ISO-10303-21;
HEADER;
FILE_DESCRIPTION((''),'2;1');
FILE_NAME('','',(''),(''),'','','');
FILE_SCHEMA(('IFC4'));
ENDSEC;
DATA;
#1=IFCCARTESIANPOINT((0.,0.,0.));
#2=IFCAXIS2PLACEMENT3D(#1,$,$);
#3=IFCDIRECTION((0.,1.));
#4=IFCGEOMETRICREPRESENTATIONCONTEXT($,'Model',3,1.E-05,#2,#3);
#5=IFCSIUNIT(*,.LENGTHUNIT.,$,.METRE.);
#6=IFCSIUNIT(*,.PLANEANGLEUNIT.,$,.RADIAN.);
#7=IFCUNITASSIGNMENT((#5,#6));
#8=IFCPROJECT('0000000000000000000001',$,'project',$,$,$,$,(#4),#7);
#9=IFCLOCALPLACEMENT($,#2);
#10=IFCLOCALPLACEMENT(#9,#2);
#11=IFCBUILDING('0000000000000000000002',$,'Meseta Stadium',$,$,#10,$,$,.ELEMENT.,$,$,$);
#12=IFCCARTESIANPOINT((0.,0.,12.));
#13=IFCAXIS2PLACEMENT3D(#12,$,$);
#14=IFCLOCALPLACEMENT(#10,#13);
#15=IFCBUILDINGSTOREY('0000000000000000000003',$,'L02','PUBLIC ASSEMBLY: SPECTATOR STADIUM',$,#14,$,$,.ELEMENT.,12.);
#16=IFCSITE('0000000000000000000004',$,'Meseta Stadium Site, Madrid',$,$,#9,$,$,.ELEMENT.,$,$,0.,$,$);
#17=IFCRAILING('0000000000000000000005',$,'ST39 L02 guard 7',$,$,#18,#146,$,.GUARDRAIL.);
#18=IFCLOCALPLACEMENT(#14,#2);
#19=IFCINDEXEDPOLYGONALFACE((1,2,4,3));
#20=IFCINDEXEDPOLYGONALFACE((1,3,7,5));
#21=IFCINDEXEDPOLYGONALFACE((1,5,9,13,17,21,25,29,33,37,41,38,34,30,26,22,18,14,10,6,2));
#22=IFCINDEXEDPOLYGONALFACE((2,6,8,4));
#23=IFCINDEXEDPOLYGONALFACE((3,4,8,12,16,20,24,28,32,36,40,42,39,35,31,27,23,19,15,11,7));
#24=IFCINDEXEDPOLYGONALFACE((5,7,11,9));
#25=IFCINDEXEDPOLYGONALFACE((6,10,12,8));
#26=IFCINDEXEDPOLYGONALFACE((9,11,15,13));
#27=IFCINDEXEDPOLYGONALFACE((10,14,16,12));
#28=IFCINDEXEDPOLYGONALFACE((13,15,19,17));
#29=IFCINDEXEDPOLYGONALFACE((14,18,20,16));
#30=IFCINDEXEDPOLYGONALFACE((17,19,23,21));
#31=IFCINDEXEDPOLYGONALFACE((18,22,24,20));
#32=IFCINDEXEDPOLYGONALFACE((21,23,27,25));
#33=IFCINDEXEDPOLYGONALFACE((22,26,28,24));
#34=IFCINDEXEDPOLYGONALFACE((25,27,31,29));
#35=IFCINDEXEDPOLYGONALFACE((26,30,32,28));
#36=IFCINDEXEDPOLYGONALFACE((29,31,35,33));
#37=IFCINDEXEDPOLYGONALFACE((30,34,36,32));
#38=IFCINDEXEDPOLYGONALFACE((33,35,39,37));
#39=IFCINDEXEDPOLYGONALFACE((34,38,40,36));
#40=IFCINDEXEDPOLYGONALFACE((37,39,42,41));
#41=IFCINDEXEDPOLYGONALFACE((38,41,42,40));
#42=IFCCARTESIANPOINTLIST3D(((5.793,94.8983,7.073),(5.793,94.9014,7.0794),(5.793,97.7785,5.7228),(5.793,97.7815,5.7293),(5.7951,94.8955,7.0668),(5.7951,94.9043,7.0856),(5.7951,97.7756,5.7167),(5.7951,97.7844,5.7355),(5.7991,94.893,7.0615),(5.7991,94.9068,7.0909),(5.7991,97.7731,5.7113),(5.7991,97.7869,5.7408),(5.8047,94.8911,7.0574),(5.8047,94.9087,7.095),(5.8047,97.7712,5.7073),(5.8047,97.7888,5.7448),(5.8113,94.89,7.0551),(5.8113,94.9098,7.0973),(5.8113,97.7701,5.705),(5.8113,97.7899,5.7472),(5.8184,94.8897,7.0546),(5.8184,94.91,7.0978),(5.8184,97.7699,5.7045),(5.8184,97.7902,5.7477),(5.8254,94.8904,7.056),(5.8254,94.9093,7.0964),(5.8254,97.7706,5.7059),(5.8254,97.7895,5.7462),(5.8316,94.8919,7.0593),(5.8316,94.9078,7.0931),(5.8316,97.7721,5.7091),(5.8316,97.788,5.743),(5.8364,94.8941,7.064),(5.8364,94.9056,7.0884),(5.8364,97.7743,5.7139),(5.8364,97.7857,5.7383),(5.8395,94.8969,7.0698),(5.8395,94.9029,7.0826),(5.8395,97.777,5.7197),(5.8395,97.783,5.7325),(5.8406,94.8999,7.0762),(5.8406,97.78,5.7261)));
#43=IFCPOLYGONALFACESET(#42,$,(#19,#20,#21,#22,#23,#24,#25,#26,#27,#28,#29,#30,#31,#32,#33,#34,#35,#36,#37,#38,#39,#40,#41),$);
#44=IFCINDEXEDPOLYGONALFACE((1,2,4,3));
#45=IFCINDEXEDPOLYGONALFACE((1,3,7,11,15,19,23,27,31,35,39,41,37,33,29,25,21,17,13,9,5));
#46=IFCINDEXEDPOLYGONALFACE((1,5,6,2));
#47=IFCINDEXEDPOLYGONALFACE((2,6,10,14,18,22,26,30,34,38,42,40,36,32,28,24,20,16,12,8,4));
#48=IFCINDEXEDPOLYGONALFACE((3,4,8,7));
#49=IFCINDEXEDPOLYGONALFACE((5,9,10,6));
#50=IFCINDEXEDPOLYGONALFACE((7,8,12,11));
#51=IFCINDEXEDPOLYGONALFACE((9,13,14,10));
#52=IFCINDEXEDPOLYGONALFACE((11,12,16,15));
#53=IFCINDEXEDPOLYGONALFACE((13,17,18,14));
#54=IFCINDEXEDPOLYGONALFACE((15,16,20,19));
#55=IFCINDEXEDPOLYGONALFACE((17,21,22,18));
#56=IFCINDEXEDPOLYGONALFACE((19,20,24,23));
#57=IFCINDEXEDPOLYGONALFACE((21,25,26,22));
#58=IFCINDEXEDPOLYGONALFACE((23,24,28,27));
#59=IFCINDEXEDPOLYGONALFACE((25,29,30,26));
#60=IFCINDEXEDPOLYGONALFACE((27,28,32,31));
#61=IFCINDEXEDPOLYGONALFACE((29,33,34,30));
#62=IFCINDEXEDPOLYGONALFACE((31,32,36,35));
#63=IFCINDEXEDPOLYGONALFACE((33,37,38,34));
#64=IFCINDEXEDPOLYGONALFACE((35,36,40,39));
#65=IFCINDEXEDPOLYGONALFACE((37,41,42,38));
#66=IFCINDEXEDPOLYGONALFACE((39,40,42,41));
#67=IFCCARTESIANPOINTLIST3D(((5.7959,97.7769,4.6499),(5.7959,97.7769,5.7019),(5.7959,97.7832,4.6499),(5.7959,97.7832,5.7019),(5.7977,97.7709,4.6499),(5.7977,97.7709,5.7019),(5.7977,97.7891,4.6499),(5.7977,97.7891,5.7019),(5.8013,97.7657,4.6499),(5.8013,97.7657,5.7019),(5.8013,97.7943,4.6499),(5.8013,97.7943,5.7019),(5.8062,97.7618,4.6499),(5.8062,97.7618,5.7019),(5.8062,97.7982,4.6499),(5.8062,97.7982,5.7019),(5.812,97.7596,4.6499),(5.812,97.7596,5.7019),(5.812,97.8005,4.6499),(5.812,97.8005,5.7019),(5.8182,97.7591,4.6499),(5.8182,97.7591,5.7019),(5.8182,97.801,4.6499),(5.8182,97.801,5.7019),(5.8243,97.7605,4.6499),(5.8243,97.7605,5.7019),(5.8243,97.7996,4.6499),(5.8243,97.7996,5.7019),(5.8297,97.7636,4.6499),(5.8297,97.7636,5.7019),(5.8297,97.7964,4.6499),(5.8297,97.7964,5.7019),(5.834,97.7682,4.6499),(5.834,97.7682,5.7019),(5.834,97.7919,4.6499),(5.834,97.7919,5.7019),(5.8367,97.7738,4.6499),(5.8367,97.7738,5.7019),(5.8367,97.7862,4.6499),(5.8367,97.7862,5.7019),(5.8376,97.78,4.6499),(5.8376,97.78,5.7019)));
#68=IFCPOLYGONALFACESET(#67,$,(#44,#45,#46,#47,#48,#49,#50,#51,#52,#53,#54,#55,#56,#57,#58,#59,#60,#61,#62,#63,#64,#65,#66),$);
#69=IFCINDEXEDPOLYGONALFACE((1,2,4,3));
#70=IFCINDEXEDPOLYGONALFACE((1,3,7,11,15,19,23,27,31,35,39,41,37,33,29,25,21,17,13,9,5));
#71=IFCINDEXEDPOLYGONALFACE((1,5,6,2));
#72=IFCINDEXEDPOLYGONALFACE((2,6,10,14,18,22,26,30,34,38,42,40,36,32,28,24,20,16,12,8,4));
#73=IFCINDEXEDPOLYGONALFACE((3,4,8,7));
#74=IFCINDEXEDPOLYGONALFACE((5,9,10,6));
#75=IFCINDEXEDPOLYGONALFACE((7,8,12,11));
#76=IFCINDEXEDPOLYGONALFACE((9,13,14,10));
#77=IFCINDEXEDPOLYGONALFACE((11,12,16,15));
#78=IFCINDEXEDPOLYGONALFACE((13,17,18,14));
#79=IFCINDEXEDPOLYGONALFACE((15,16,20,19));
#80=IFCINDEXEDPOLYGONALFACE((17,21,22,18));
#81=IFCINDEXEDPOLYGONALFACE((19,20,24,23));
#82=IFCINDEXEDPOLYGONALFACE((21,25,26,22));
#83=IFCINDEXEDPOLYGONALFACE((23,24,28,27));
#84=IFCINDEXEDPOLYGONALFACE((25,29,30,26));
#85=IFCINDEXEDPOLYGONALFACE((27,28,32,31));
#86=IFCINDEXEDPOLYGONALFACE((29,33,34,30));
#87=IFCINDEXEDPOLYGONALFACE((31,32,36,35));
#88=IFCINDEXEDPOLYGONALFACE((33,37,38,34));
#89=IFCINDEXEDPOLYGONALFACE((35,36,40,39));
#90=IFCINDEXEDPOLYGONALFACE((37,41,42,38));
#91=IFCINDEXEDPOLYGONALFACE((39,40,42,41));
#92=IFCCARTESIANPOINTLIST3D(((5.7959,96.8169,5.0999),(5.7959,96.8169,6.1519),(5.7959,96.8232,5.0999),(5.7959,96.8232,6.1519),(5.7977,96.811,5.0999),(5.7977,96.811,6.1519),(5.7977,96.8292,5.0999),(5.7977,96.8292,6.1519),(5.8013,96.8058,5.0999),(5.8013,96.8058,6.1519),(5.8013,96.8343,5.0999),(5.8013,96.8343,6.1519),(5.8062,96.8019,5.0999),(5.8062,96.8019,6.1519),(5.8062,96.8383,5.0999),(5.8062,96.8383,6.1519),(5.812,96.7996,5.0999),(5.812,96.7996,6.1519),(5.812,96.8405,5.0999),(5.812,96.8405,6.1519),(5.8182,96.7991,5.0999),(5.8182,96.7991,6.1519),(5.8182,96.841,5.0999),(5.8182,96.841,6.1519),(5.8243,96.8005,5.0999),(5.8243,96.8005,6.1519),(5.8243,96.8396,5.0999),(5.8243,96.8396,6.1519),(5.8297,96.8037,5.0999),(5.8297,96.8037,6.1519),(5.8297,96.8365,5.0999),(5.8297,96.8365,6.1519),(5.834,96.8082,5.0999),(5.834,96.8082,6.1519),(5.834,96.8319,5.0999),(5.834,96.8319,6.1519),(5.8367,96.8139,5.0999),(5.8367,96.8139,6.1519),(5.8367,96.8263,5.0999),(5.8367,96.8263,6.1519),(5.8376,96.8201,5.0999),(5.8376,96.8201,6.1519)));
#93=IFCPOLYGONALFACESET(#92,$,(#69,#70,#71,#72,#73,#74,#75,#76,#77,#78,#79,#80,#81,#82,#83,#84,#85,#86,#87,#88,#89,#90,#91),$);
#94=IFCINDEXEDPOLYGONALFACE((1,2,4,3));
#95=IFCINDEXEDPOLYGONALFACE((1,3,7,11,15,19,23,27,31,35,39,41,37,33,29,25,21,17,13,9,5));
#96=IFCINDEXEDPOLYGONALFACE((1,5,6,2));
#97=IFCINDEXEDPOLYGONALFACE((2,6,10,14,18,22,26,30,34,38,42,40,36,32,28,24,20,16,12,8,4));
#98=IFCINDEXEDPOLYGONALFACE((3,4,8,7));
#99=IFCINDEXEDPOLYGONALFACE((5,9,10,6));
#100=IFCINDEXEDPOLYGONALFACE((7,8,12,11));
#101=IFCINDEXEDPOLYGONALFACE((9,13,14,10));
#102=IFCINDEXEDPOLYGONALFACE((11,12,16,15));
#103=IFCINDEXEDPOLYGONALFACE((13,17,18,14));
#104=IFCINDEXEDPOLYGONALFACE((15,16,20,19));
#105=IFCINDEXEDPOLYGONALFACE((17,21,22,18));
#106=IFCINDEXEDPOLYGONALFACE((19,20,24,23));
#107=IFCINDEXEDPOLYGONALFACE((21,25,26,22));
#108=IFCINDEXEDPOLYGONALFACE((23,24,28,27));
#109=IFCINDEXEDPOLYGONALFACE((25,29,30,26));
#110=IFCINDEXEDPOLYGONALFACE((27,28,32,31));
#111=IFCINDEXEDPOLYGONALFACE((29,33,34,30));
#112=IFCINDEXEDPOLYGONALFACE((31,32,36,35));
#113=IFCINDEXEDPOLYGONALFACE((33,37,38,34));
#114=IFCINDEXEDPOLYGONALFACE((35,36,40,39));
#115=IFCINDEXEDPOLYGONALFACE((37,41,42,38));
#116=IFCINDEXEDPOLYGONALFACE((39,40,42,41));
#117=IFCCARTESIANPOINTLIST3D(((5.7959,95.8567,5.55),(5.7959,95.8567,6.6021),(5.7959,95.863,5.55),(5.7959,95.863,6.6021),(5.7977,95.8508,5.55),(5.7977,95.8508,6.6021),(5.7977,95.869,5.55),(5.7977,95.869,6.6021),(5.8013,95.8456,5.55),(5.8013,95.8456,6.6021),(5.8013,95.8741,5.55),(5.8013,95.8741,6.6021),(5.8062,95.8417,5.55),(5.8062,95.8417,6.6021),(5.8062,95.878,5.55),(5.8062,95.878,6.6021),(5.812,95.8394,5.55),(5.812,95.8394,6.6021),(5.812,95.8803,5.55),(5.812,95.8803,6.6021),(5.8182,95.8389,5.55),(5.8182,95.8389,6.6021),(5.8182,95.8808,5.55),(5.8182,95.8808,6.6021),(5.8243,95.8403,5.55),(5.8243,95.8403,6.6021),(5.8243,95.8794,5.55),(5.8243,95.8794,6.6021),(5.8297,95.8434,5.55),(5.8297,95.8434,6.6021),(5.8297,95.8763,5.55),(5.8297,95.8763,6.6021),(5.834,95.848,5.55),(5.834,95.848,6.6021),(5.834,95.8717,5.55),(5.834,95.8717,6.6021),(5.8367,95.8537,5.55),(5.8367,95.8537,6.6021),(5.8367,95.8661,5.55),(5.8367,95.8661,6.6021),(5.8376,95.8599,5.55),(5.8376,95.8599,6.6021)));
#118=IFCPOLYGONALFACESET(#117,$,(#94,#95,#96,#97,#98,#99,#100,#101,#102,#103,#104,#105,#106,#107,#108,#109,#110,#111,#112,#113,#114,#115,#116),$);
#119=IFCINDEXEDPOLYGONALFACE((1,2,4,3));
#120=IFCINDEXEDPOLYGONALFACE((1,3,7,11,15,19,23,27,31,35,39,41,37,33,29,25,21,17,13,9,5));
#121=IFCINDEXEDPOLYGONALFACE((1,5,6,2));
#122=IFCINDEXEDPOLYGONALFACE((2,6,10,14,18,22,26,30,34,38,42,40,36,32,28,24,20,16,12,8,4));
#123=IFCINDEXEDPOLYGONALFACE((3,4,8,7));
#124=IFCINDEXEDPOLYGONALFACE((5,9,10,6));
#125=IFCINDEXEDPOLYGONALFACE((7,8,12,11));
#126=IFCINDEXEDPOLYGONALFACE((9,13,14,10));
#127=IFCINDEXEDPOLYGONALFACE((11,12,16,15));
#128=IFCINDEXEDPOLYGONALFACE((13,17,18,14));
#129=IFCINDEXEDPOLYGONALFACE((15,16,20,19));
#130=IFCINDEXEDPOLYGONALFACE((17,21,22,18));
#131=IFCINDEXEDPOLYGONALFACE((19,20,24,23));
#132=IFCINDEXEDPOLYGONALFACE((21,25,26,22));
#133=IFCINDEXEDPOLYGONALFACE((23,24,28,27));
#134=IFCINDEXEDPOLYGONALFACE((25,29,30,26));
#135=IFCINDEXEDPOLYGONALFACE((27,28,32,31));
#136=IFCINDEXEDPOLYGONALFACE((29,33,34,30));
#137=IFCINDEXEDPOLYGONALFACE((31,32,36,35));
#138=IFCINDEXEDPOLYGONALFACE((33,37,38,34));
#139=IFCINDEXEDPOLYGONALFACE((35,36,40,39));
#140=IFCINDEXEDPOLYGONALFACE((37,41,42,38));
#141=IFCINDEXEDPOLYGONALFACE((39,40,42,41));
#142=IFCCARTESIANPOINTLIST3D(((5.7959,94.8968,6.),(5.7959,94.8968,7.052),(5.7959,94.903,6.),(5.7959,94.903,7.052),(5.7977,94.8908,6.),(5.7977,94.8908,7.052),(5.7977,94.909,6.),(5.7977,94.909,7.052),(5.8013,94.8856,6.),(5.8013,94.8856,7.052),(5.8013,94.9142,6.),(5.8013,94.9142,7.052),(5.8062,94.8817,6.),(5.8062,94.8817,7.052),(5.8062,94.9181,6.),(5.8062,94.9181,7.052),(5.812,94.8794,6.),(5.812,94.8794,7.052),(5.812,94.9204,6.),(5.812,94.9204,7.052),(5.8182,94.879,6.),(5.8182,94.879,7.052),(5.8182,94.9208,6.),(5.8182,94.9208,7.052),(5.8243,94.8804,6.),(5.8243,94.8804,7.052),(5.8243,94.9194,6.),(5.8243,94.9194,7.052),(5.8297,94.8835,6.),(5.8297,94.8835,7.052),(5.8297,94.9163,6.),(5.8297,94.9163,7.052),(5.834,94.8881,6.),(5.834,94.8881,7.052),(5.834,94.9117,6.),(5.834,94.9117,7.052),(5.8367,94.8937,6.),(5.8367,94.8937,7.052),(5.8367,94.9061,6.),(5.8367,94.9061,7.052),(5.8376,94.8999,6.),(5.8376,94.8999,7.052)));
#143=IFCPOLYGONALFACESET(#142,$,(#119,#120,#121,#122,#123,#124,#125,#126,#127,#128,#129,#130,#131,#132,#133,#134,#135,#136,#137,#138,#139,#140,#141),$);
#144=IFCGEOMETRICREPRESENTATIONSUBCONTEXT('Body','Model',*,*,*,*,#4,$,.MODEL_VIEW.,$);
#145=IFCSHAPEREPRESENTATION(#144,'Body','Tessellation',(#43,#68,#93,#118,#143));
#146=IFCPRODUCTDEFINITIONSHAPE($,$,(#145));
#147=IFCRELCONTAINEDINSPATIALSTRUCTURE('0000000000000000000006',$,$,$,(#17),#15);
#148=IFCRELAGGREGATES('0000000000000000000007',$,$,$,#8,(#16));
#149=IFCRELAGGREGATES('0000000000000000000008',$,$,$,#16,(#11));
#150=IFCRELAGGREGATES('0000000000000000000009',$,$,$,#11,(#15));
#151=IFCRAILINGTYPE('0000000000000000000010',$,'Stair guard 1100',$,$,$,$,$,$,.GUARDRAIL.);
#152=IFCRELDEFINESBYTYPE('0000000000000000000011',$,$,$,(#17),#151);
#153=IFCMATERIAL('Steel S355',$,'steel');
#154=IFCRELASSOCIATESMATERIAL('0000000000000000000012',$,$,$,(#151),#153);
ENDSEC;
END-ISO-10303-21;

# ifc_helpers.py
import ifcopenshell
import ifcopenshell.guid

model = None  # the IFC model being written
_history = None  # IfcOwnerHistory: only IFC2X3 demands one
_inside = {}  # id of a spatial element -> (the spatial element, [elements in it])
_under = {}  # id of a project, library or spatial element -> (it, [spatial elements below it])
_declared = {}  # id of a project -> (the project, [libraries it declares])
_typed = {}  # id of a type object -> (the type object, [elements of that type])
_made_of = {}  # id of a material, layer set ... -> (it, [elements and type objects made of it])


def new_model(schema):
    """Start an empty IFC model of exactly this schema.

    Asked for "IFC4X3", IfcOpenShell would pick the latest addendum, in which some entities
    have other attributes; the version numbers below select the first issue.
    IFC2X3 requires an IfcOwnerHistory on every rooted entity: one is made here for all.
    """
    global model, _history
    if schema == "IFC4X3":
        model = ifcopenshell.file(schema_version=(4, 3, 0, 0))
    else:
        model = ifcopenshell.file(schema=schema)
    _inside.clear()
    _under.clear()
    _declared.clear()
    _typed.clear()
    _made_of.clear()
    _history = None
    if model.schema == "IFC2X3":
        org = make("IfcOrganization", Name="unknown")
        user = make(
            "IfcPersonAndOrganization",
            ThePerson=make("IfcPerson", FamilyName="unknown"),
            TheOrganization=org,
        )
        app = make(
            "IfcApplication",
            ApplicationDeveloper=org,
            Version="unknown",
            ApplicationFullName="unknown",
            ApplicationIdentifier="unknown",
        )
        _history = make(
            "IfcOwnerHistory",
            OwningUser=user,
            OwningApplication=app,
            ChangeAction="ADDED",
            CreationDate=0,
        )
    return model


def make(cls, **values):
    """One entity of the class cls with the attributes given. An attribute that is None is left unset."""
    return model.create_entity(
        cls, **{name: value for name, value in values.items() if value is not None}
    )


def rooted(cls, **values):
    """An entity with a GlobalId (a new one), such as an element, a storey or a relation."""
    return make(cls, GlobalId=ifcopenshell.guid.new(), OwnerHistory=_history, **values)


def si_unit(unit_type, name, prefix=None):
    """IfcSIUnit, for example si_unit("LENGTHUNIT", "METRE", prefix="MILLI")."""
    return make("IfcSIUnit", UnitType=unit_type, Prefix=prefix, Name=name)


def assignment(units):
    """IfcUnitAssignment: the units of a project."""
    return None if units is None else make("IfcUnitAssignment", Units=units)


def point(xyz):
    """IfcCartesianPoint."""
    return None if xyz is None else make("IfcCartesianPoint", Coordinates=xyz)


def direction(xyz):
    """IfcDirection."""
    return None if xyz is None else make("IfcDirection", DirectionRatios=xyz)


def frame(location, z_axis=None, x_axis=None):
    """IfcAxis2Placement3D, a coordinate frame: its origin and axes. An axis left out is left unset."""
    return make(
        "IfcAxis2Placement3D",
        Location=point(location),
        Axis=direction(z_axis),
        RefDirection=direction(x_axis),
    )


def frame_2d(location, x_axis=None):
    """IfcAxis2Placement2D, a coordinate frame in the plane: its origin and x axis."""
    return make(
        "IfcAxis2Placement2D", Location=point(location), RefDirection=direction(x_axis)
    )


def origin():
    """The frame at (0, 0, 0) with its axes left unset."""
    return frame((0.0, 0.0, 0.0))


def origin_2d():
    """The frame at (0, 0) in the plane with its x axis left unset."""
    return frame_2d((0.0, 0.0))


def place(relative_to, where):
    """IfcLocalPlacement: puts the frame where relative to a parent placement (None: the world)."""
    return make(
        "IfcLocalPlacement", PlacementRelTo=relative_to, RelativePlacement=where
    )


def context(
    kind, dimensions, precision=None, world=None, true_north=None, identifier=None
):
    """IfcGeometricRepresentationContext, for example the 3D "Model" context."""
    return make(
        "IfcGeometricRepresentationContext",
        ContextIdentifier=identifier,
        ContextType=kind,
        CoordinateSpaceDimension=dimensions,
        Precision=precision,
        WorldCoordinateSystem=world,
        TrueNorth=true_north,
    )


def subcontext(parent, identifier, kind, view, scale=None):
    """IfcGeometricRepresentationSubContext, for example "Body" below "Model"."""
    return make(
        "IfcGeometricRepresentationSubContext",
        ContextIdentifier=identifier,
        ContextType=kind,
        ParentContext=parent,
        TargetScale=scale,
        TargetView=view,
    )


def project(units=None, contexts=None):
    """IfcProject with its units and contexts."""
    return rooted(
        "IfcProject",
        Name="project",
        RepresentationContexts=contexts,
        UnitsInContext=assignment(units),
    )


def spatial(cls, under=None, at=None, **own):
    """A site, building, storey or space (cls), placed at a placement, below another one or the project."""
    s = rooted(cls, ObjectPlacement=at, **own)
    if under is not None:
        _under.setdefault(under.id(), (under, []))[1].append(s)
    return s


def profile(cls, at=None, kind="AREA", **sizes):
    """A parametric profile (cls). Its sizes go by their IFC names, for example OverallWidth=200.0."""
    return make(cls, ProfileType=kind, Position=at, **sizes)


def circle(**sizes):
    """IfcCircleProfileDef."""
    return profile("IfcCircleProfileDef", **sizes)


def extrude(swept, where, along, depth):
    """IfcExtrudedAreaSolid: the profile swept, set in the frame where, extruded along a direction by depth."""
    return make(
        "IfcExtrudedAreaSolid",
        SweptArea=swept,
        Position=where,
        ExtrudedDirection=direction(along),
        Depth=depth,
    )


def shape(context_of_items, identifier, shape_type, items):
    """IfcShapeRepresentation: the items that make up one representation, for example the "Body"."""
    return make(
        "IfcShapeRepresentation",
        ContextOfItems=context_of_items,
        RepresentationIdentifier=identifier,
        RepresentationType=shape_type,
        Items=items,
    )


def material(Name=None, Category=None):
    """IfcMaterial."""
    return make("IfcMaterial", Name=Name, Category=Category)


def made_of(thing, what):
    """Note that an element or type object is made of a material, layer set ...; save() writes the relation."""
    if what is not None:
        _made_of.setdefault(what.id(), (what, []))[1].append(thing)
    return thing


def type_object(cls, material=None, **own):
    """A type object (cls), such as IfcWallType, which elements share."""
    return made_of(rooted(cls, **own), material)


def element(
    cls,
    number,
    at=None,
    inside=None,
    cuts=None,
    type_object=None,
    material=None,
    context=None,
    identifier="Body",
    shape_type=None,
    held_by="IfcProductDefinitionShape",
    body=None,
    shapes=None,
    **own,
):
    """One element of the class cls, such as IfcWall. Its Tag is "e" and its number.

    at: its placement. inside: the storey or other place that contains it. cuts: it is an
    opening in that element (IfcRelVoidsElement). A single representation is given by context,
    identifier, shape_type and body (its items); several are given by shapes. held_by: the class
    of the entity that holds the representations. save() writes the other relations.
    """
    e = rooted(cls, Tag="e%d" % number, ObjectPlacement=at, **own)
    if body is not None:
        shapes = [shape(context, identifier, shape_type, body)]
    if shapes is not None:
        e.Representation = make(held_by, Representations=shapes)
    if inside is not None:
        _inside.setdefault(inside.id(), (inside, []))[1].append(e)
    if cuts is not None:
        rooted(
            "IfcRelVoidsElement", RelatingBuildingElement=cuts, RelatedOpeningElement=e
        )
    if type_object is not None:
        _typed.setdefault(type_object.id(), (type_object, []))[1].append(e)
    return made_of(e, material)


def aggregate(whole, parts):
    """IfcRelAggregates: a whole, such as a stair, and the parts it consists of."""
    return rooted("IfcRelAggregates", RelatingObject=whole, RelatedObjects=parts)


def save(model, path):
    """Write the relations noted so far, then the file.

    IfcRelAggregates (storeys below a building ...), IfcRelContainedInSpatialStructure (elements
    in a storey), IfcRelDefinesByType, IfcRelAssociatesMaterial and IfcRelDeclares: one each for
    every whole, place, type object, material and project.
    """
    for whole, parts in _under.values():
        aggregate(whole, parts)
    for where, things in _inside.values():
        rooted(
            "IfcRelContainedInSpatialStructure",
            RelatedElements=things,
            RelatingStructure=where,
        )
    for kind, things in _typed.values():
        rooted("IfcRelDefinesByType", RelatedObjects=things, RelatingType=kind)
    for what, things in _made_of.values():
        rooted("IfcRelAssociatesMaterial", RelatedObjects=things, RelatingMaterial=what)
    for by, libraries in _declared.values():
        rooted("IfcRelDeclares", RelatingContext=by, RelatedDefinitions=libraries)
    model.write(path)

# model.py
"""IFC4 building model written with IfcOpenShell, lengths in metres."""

from ifc_helpers import new_model, si_unit, direction, frame, origin, origin_2d, place, context, subcontext, project, spatial, circle, extrude, material, type_object, element, save


model = new_model("IFC4")

# Units and contexts
model_context = context("Model", 3, precision=1e-05, world=origin(), true_north=direction((0.0, 1.0)))
body_context = subcontext(model_context, "Body", "Model", "MODEL_VIEW")
ifc_project = project(units=[si_unit("LENGTHUNIT", "METRE"), si_unit("PLANEANGLEUNIT", "RADIAN")], contexts=[model_context])

# Site, building, storey
site_placement = place(None, origin())
site = spatial("IfcSite", under=ifc_project, at=site_placement, Name="Meseta Stadium Site, Madrid", CompositionType="ELEMENT", RefElevation=0.0)
building_placement = place(site_placement, origin())
building = spatial("IfcBuilding", under=site, at=building_placement, Name="Meseta Stadium", CompositionType="ELEMENT")
storey_placement = place(building_placement, frame((0.0, 0.0, 12.0)))
storey = spatial("IfcBuildingStorey", under=building, at=storey_placement, Name="L02", Description="PUBLIC ASSEMBLY: SPECTATOR STADIUM", CompositionType="ELEMENT", Elevation=12.0)

# Railing
ifc_material_1 = material(Name="Steel S355", Category="steel")
railing_type_1 = type_object("IfcRailingType", Name="Stair guard 1100", PredefinedType="GUARDRAIL", material=ifc_material_1)
railing_1_placement = place(storey_placement, frame((5.8167, 97.78, 4.6499)))
element("IfcRailing", 1, at=railing_1_placement, inside=storey, type_object=railing_type_1, Name="ST39 L02 guard 7", PredefinedType="GUARDRAIL", context=body_context, shape_type="SweptSolid", body=[
    extrude(circle(Radius=0.0239, at=origin_2d()), frame((0.0, 0.0, 1.0762), z_axis=(0.0, -0.905454, 0.424444), x_axis=(1.0, 0.0, 0.0)), (0.0, 0.0, 1.0), 3.1809),
    extrude(circle(Radius=0.021, at=origin_2d()), origin(), (0.0, 0.0, 1.0), 1.052),
    extrude(circle(Radius=0.021, at=origin_2d()), frame((0.0, -0.96, 0.45)), (0.0, 0.0, 1.0), 1.052),
    extrude(circle(Radius=0.021, at=origin_2d()), frame((0.0, -1.9202, 0.9001)), (0.0, 0.0, 1.0), 1.052),
    extrude(circle(Radius=0.021, at=origin_2d()), frame((0.0, -2.8801, 1.3501)), (0.0, 0.0, 1.0), 1.052),
])

save(model, "model.ifc")
